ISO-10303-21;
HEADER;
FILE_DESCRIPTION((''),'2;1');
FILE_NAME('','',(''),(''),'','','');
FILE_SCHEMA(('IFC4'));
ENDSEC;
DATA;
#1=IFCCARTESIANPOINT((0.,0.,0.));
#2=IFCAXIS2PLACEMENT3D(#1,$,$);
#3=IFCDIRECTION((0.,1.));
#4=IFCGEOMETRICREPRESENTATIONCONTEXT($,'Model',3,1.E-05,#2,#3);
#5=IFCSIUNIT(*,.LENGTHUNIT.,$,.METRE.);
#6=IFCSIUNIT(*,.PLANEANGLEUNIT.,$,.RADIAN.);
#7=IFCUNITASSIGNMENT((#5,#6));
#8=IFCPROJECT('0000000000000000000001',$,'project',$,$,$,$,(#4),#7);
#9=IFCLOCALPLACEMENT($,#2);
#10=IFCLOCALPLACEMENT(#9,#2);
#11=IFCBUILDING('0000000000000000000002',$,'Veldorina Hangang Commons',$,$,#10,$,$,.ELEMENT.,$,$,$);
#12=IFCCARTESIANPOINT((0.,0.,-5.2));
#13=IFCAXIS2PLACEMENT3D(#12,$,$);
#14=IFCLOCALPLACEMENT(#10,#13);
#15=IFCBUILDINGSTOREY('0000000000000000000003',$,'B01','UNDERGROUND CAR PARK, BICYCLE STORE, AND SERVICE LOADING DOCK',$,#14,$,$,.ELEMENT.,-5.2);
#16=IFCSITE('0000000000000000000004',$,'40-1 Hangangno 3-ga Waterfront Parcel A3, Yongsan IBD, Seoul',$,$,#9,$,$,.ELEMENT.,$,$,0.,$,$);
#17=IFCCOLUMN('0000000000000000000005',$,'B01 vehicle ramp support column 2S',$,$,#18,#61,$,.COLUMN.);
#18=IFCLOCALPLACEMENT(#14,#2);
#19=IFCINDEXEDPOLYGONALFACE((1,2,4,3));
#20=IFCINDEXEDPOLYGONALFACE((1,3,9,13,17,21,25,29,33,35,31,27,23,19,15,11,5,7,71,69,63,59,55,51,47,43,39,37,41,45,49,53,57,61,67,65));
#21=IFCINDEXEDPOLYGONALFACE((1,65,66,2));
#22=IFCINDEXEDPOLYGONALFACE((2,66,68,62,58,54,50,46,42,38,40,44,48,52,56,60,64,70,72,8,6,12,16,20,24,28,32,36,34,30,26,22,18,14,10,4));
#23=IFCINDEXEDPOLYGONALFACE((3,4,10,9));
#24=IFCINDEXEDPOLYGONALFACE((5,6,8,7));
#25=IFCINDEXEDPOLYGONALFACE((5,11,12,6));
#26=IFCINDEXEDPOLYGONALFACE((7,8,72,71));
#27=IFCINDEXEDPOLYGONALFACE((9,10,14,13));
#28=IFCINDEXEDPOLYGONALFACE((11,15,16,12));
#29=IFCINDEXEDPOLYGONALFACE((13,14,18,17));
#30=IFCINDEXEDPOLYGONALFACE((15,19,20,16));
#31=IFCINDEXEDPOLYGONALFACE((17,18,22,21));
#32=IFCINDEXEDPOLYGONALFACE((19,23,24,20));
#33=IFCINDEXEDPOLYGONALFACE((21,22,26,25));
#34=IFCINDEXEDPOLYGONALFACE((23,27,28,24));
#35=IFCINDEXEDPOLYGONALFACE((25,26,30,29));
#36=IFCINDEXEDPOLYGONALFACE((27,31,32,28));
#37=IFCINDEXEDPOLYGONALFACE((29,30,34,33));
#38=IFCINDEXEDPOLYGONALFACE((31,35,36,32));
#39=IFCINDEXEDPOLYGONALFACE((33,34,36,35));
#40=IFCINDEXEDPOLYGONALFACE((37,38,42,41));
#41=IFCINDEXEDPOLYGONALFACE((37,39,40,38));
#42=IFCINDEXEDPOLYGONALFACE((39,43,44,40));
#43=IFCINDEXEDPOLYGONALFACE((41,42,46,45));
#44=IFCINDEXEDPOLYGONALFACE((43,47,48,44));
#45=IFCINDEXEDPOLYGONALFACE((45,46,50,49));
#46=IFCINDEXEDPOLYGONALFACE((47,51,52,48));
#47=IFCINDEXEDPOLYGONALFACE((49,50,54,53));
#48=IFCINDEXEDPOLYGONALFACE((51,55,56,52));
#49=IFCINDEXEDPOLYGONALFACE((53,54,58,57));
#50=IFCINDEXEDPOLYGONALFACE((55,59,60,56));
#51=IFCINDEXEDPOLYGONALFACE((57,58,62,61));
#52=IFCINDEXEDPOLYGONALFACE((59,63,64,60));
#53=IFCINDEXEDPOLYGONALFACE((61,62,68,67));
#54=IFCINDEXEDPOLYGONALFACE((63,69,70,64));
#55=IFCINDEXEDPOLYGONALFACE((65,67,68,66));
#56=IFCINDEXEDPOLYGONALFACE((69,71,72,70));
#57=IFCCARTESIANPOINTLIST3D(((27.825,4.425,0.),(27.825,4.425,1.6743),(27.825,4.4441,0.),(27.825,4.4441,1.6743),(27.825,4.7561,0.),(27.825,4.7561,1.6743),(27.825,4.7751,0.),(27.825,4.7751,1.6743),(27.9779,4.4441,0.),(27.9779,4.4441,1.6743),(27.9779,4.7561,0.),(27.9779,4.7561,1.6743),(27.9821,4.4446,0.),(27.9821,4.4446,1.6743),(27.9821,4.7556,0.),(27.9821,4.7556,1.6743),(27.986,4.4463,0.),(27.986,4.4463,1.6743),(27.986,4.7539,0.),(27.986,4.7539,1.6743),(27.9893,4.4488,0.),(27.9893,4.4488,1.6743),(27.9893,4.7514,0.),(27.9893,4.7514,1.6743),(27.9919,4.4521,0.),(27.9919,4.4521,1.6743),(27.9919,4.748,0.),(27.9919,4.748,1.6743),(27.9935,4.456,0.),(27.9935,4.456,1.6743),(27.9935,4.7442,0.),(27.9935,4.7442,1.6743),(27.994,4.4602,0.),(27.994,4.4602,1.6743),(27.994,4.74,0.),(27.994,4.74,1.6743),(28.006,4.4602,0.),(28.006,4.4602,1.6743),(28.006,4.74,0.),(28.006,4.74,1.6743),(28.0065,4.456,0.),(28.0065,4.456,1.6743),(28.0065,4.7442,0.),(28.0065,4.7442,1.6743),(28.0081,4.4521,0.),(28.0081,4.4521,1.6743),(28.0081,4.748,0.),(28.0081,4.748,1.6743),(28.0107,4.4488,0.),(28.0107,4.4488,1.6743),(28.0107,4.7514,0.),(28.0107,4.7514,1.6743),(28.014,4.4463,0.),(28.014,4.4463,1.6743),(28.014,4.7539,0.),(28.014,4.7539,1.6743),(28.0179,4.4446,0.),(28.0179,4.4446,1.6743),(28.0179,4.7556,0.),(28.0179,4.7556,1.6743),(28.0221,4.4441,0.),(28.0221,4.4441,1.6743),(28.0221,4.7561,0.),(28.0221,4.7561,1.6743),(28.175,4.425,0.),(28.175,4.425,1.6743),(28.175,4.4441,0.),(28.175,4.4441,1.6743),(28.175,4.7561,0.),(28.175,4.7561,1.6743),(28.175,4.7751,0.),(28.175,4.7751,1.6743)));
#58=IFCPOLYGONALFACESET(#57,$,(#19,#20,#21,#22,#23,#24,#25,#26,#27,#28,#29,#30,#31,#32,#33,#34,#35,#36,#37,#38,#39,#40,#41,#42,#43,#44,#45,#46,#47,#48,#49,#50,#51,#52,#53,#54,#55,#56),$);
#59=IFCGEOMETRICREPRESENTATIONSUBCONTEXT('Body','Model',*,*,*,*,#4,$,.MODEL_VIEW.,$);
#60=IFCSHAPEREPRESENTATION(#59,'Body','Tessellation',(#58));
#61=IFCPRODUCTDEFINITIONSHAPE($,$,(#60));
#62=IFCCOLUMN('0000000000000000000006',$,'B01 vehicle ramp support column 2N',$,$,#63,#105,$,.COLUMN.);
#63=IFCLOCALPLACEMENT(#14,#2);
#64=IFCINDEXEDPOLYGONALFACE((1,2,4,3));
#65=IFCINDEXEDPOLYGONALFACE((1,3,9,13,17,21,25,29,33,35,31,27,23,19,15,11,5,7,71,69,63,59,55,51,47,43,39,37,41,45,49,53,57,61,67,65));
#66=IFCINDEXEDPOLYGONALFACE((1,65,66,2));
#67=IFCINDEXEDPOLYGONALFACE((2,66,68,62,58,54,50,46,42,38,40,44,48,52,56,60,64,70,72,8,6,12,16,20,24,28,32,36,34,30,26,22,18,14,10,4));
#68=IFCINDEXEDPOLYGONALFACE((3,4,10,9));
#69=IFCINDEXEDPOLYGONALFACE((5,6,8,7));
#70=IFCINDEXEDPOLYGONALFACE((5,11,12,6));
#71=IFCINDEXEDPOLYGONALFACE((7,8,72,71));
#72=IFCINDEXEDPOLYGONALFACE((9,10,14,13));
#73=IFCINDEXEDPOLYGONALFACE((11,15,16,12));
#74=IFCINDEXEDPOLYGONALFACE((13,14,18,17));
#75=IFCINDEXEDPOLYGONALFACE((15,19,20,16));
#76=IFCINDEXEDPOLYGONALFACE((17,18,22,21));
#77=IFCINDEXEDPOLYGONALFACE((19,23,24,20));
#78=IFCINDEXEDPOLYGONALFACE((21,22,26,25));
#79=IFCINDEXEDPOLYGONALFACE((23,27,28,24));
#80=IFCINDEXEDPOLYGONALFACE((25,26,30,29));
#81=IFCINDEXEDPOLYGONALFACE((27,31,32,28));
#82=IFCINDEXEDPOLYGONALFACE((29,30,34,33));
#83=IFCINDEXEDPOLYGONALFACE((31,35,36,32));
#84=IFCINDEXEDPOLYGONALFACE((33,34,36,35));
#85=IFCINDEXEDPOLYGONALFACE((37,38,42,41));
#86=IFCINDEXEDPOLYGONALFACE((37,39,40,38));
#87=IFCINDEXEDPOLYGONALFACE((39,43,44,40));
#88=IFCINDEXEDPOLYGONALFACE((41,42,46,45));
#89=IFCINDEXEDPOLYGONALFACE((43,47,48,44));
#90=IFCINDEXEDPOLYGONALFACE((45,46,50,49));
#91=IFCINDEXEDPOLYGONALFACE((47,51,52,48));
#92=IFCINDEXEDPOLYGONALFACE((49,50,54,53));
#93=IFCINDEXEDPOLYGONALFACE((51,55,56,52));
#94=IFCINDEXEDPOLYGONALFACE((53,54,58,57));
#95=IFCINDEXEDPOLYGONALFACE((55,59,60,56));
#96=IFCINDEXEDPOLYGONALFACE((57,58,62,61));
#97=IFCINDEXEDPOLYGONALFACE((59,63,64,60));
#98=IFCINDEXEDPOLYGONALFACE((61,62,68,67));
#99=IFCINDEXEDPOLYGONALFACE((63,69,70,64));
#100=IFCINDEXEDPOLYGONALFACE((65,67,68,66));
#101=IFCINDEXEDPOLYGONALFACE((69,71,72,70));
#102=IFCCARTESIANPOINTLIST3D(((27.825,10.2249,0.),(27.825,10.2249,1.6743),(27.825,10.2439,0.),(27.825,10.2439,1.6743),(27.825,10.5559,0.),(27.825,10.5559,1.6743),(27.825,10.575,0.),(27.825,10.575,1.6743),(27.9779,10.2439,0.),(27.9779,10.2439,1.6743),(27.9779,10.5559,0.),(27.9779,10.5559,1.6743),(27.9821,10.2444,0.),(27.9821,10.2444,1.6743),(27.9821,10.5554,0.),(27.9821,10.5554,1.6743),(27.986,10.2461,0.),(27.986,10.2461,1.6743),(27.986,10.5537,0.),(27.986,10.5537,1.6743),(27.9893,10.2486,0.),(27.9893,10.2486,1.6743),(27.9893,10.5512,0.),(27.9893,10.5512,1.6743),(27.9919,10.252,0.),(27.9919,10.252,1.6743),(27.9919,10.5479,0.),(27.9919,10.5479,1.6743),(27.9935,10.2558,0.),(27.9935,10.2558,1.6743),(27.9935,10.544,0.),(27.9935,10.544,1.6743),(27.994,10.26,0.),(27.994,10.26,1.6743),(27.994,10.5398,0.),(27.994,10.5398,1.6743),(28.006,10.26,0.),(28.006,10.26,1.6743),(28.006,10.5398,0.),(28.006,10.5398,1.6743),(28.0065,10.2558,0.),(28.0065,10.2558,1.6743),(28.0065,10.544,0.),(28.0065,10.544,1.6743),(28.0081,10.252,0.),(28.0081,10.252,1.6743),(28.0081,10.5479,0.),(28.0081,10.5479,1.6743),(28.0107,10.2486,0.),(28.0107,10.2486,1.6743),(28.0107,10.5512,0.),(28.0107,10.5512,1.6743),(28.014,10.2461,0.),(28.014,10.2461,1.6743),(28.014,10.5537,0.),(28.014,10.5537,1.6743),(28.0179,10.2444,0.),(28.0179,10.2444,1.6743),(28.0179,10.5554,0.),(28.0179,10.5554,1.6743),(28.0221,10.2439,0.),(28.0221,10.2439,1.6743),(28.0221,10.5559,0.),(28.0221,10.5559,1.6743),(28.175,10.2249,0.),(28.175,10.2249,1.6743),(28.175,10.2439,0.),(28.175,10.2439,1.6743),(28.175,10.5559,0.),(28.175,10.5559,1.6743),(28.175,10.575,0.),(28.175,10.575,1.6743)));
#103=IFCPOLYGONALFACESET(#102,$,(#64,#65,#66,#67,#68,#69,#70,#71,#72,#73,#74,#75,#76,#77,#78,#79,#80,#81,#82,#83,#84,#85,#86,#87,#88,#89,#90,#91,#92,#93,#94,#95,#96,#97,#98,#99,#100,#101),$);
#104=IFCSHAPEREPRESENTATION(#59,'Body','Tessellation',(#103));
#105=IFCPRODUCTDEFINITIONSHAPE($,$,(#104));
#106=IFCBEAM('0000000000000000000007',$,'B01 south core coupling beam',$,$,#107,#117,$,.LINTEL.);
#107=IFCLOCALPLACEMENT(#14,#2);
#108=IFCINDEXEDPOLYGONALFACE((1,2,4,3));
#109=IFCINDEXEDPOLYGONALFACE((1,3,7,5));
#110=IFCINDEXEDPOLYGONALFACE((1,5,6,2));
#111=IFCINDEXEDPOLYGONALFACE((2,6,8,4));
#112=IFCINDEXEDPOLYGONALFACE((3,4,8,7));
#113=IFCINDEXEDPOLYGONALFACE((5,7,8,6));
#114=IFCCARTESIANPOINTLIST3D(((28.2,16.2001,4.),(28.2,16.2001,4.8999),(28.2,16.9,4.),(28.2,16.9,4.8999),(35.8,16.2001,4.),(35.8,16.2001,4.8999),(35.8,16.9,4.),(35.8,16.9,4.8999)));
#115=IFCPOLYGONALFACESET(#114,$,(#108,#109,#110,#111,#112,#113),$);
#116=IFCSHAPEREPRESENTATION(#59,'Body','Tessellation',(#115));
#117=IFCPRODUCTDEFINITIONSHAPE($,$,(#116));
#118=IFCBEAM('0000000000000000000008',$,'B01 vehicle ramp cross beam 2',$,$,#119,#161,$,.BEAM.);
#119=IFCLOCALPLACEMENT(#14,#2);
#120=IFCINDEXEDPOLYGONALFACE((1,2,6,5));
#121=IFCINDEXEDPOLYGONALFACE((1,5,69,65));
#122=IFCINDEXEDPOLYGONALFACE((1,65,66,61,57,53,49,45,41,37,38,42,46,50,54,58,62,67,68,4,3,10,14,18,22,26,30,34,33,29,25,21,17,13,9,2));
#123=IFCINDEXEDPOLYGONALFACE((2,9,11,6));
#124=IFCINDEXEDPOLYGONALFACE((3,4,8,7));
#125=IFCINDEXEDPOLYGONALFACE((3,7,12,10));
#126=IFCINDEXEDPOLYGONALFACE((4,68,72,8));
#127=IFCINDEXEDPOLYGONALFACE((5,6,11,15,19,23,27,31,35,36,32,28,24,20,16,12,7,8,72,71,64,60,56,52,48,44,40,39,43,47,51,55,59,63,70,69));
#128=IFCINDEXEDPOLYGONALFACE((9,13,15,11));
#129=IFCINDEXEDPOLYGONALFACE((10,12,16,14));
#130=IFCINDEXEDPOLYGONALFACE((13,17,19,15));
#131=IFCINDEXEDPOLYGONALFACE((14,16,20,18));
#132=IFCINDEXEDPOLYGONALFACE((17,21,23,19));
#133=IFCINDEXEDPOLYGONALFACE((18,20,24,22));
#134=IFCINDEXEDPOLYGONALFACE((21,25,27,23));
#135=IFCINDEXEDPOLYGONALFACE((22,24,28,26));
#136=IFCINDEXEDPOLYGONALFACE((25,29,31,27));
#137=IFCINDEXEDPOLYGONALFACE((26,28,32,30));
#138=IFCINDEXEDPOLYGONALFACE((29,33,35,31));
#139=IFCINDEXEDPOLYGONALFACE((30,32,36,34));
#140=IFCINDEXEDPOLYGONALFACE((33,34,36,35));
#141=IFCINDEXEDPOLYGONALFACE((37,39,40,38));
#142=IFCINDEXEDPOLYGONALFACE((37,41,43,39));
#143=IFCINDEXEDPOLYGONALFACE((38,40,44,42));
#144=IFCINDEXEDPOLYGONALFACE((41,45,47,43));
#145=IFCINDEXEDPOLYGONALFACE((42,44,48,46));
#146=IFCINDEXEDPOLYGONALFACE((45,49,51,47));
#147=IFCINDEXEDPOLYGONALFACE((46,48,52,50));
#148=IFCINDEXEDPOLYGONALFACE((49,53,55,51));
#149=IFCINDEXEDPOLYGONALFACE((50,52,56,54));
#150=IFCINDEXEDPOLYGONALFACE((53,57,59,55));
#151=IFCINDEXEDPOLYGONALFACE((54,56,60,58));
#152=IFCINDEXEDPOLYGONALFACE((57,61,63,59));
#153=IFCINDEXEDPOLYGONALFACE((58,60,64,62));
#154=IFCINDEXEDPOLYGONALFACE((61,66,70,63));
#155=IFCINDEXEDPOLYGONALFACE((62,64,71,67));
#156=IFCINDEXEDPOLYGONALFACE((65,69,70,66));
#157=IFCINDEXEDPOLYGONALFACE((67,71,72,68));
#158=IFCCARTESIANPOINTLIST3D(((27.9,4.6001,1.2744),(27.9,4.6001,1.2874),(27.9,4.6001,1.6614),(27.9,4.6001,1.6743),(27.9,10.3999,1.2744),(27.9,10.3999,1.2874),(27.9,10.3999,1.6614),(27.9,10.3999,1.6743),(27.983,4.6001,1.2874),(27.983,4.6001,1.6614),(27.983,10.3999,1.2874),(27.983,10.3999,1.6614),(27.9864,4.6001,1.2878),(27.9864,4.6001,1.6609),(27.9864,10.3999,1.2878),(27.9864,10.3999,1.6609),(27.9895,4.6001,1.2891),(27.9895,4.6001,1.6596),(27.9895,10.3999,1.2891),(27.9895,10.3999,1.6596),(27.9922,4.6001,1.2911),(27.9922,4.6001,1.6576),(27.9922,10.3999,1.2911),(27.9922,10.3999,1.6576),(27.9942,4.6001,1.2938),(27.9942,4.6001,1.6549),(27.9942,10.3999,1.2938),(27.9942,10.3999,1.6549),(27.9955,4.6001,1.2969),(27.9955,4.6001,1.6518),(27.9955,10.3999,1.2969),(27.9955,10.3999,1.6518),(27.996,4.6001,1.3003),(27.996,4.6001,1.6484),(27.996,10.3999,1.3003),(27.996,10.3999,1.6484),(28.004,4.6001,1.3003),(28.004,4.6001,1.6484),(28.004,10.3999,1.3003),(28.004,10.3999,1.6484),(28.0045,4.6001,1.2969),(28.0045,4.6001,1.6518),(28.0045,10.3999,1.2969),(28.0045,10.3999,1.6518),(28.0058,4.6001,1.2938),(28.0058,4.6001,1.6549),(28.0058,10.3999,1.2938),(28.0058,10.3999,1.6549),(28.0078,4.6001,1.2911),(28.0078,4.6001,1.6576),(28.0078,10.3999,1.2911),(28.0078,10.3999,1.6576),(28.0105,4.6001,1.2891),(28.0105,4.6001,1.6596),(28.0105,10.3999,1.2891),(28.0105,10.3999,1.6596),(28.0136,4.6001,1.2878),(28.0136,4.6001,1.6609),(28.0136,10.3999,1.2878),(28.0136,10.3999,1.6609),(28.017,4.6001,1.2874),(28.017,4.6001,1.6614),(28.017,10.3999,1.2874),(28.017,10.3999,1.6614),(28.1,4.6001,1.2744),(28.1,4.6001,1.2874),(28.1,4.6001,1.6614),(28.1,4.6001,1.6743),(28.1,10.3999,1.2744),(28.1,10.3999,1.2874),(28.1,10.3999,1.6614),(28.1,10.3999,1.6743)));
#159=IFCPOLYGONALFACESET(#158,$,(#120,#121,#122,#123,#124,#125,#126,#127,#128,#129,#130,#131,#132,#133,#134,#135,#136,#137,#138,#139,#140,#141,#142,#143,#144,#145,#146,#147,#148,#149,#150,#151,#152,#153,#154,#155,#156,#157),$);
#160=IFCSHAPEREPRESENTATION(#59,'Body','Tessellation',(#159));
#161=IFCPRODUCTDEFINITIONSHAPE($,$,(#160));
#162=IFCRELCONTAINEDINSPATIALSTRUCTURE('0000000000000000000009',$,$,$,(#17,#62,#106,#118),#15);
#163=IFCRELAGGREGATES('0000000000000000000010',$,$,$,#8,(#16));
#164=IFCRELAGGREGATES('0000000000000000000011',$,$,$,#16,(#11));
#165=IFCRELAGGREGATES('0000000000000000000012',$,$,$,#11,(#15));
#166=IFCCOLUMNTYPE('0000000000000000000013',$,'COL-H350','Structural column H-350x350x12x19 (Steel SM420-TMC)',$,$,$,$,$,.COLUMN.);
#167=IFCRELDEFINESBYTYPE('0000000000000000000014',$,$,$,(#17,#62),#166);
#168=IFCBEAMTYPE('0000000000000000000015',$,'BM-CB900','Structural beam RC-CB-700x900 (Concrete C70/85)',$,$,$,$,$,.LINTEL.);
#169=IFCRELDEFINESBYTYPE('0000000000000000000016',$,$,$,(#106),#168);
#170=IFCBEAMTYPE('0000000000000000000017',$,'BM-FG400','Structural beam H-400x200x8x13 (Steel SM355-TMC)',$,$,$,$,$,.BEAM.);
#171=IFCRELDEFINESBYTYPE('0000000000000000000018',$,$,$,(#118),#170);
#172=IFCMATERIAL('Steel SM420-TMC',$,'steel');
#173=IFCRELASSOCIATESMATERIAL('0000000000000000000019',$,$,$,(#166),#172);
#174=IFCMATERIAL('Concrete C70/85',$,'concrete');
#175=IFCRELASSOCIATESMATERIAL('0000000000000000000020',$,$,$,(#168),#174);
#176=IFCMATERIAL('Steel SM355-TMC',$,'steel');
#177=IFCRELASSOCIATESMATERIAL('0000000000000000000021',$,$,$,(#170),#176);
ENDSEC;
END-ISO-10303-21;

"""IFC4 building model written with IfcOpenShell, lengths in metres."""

from ifc_helpers import new_model, si_unit, direction, frame, origin, origin_2d, place, context, subcontext, project, spatial, rectangle, i_section, extrude, material, material_profile, profile_set, type_object, element, save


model = new_model("IFC4")

# Units and contexts
model_context = context("Model", 3, precision=1e-05, world=origin(), true_north=direction((0.0, 1.0)))
body_context = subcontext(model_context, "Body", "Model", "MODEL_VIEW")
ifc_project = project(units=[si_unit("LENGTHUNIT", "METRE"), si_unit("PLANEANGLEUNIT", "RADIAN")], contexts=[model_context])

# Site, building, storey
site_placement = place(None, origin())
site = spatial("IfcSite", under=ifc_project, at=site_placement, Name="40-1 Hangangno 3-ga Waterfront Parcel A3, Yongsan IBD, Seoul", CompositionType="ELEMENT", RefElevation=0.0)
building_placement = place(site_placement, origin())
building = spatial("IfcBuilding", under=site, at=building_placement, Name="Veldorina Hangang Commons", CompositionType="ELEMENT")
storey_placement = place(building_placement, frame((0.0, 0.0, -5.2)))
storey = spatial("IfcBuildingStorey", under=building, at=storey_placement, Name="B01", Description="UNDERGROUND CAR PARK, BICYCLE STORE, AND SERVICE LOADING DOCK", CompositionType="ELEMENT", Elevation=-5.2)

# Columns
ifc_material_1 = material(Name="Steel SM420-TMC", Category="steel")
ifc_material_profile_1 = material_profile(ifc_material_1, i_section(OverallWidth=0.3501, OverallDepth=0.3501, WebThickness=0.012, FlangeThickness=0.019, FilletRadius=0.0161, at=origin_2d()), Name="H-350x350x12x19")
ifc_profile_set_1 = profile_set([ifc_material_profile_1], Name="Steel SM420-TMC")
column_type = type_object("IfcColumnType", Name="COL-H350", Description="Structural column H-350x350x12x19 (Steel SM420-TMC)", PredefinedType="COLUMN", material=ifc_profile_set_1)
for number, where, z_axis, x_axis, name in (
    (1, (28.0, 4.6001, 0.0), (0.0, 0.0, 1.0), (1.0, 0.0, 0.0), "B01 vehicle ramp support column 2S"),
    (2, (28.0, 10.3999, 0.0), (0.0, 0.0, 1.0), (1.0, 0.0, 0.0), "B01 vehicle ramp support column 2N"),
):
    element("IfcColumn", number, at=place(storey_placement, frame(where, z_axis=z_axis, x_axis=x_axis)), inside=storey, type_object=column_type, Name=name, PredefinedType="COLUMN", context=body_context, shape_type="SweptSolid", body=[
        extrude(i_section(OverallWidth=0.3501, OverallDepth=0.3501, WebThickness=0.012, FlangeThickness=0.019, FilletRadius=0.0161, at=origin_2d()), origin(), (0.0, 0.0, 1.0), 1.6743),
    ])

# Beams
ifc_material_2 = material(Name="Concrete C70/85", Category="concrete")
ifc_material_profile_2 = material_profile(ifc_material_2, rectangle(XDim=0.7, YDim=0.8999, at=origin_2d()), Name="RC-CB-700x900")
ifc_profile_set_2 = profile_set([ifc_material_profile_2], Name="Concrete C70/85")
beam_type_1 = type_object("IfcBeamType", Name="BM-CB900", Description="Structural beam RC-CB-700x900 (Concrete C70/85)", PredefinedType="LINTEL", material=ifc_profile_set_2)
beam_1_placement = place(storey_placement, frame((28.2, 16.55, 4.45), z_axis=(1.0, 0.0, 0.0), x_axis=(0.0, 1.0, 0.0)))
element("IfcBeam", 3, at=beam_1_placement, inside=storey, type_object=beam_type_1, Name="B01 south core coupling beam", PredefinedType="LINTEL", context=body_context, shape_type="SweptSolid", body=[
    extrude(rectangle(XDim=0.7, YDim=0.8999, at=origin_2d()), origin(), (0.0, 0.0, 1.0), 7.6001),
])
ifc_material_3 = material(Name="Steel SM355-TMC", Category="steel")
ifc_material_profile_3 = material_profile(ifc_material_3, i_section(OverallWidth=0.2, OverallDepth=0.3999, WebThickness=0.0081, FlangeThickness=0.0129, FilletRadius=0.0129, at=origin_2d()), Name="H-400x200x8x13")
ifc_profile_set_3 = profile_set([ifc_material_profile_3], Name="Steel SM355-TMC")
beam_type_2 = type_object("IfcBeamType", Name="BM-FG400", Description="Structural beam H-400x200x8x13 (Steel SM355-TMC)", PredefinedType="BEAM", material=ifc_profile_set_3)
beam_2_placement = place(storey_placement, frame((28.0, 4.6001, 1.4744), z_axis=(0.0, 1.0, 0.0), x_axis=(-1.0, 0.0, 0.0)))
element("IfcBeam", 4, at=beam_2_placement, inside=storey, type_object=beam_type_2, Name="B01 vehicle ramp cross beam 2", PredefinedType="BEAM", context=body_context, shape_type="SweptSolid", body=[
    extrude(i_section(OverallWidth=0.2, OverallDepth=0.3999, WebThickness=0.0081, FlangeThickness=0.0129, FilletRadius=0.0129, at=origin_2d()), origin(), (0.0, 0.0, 1.0), 5.7998),
])

save(model, "model.ifc")
